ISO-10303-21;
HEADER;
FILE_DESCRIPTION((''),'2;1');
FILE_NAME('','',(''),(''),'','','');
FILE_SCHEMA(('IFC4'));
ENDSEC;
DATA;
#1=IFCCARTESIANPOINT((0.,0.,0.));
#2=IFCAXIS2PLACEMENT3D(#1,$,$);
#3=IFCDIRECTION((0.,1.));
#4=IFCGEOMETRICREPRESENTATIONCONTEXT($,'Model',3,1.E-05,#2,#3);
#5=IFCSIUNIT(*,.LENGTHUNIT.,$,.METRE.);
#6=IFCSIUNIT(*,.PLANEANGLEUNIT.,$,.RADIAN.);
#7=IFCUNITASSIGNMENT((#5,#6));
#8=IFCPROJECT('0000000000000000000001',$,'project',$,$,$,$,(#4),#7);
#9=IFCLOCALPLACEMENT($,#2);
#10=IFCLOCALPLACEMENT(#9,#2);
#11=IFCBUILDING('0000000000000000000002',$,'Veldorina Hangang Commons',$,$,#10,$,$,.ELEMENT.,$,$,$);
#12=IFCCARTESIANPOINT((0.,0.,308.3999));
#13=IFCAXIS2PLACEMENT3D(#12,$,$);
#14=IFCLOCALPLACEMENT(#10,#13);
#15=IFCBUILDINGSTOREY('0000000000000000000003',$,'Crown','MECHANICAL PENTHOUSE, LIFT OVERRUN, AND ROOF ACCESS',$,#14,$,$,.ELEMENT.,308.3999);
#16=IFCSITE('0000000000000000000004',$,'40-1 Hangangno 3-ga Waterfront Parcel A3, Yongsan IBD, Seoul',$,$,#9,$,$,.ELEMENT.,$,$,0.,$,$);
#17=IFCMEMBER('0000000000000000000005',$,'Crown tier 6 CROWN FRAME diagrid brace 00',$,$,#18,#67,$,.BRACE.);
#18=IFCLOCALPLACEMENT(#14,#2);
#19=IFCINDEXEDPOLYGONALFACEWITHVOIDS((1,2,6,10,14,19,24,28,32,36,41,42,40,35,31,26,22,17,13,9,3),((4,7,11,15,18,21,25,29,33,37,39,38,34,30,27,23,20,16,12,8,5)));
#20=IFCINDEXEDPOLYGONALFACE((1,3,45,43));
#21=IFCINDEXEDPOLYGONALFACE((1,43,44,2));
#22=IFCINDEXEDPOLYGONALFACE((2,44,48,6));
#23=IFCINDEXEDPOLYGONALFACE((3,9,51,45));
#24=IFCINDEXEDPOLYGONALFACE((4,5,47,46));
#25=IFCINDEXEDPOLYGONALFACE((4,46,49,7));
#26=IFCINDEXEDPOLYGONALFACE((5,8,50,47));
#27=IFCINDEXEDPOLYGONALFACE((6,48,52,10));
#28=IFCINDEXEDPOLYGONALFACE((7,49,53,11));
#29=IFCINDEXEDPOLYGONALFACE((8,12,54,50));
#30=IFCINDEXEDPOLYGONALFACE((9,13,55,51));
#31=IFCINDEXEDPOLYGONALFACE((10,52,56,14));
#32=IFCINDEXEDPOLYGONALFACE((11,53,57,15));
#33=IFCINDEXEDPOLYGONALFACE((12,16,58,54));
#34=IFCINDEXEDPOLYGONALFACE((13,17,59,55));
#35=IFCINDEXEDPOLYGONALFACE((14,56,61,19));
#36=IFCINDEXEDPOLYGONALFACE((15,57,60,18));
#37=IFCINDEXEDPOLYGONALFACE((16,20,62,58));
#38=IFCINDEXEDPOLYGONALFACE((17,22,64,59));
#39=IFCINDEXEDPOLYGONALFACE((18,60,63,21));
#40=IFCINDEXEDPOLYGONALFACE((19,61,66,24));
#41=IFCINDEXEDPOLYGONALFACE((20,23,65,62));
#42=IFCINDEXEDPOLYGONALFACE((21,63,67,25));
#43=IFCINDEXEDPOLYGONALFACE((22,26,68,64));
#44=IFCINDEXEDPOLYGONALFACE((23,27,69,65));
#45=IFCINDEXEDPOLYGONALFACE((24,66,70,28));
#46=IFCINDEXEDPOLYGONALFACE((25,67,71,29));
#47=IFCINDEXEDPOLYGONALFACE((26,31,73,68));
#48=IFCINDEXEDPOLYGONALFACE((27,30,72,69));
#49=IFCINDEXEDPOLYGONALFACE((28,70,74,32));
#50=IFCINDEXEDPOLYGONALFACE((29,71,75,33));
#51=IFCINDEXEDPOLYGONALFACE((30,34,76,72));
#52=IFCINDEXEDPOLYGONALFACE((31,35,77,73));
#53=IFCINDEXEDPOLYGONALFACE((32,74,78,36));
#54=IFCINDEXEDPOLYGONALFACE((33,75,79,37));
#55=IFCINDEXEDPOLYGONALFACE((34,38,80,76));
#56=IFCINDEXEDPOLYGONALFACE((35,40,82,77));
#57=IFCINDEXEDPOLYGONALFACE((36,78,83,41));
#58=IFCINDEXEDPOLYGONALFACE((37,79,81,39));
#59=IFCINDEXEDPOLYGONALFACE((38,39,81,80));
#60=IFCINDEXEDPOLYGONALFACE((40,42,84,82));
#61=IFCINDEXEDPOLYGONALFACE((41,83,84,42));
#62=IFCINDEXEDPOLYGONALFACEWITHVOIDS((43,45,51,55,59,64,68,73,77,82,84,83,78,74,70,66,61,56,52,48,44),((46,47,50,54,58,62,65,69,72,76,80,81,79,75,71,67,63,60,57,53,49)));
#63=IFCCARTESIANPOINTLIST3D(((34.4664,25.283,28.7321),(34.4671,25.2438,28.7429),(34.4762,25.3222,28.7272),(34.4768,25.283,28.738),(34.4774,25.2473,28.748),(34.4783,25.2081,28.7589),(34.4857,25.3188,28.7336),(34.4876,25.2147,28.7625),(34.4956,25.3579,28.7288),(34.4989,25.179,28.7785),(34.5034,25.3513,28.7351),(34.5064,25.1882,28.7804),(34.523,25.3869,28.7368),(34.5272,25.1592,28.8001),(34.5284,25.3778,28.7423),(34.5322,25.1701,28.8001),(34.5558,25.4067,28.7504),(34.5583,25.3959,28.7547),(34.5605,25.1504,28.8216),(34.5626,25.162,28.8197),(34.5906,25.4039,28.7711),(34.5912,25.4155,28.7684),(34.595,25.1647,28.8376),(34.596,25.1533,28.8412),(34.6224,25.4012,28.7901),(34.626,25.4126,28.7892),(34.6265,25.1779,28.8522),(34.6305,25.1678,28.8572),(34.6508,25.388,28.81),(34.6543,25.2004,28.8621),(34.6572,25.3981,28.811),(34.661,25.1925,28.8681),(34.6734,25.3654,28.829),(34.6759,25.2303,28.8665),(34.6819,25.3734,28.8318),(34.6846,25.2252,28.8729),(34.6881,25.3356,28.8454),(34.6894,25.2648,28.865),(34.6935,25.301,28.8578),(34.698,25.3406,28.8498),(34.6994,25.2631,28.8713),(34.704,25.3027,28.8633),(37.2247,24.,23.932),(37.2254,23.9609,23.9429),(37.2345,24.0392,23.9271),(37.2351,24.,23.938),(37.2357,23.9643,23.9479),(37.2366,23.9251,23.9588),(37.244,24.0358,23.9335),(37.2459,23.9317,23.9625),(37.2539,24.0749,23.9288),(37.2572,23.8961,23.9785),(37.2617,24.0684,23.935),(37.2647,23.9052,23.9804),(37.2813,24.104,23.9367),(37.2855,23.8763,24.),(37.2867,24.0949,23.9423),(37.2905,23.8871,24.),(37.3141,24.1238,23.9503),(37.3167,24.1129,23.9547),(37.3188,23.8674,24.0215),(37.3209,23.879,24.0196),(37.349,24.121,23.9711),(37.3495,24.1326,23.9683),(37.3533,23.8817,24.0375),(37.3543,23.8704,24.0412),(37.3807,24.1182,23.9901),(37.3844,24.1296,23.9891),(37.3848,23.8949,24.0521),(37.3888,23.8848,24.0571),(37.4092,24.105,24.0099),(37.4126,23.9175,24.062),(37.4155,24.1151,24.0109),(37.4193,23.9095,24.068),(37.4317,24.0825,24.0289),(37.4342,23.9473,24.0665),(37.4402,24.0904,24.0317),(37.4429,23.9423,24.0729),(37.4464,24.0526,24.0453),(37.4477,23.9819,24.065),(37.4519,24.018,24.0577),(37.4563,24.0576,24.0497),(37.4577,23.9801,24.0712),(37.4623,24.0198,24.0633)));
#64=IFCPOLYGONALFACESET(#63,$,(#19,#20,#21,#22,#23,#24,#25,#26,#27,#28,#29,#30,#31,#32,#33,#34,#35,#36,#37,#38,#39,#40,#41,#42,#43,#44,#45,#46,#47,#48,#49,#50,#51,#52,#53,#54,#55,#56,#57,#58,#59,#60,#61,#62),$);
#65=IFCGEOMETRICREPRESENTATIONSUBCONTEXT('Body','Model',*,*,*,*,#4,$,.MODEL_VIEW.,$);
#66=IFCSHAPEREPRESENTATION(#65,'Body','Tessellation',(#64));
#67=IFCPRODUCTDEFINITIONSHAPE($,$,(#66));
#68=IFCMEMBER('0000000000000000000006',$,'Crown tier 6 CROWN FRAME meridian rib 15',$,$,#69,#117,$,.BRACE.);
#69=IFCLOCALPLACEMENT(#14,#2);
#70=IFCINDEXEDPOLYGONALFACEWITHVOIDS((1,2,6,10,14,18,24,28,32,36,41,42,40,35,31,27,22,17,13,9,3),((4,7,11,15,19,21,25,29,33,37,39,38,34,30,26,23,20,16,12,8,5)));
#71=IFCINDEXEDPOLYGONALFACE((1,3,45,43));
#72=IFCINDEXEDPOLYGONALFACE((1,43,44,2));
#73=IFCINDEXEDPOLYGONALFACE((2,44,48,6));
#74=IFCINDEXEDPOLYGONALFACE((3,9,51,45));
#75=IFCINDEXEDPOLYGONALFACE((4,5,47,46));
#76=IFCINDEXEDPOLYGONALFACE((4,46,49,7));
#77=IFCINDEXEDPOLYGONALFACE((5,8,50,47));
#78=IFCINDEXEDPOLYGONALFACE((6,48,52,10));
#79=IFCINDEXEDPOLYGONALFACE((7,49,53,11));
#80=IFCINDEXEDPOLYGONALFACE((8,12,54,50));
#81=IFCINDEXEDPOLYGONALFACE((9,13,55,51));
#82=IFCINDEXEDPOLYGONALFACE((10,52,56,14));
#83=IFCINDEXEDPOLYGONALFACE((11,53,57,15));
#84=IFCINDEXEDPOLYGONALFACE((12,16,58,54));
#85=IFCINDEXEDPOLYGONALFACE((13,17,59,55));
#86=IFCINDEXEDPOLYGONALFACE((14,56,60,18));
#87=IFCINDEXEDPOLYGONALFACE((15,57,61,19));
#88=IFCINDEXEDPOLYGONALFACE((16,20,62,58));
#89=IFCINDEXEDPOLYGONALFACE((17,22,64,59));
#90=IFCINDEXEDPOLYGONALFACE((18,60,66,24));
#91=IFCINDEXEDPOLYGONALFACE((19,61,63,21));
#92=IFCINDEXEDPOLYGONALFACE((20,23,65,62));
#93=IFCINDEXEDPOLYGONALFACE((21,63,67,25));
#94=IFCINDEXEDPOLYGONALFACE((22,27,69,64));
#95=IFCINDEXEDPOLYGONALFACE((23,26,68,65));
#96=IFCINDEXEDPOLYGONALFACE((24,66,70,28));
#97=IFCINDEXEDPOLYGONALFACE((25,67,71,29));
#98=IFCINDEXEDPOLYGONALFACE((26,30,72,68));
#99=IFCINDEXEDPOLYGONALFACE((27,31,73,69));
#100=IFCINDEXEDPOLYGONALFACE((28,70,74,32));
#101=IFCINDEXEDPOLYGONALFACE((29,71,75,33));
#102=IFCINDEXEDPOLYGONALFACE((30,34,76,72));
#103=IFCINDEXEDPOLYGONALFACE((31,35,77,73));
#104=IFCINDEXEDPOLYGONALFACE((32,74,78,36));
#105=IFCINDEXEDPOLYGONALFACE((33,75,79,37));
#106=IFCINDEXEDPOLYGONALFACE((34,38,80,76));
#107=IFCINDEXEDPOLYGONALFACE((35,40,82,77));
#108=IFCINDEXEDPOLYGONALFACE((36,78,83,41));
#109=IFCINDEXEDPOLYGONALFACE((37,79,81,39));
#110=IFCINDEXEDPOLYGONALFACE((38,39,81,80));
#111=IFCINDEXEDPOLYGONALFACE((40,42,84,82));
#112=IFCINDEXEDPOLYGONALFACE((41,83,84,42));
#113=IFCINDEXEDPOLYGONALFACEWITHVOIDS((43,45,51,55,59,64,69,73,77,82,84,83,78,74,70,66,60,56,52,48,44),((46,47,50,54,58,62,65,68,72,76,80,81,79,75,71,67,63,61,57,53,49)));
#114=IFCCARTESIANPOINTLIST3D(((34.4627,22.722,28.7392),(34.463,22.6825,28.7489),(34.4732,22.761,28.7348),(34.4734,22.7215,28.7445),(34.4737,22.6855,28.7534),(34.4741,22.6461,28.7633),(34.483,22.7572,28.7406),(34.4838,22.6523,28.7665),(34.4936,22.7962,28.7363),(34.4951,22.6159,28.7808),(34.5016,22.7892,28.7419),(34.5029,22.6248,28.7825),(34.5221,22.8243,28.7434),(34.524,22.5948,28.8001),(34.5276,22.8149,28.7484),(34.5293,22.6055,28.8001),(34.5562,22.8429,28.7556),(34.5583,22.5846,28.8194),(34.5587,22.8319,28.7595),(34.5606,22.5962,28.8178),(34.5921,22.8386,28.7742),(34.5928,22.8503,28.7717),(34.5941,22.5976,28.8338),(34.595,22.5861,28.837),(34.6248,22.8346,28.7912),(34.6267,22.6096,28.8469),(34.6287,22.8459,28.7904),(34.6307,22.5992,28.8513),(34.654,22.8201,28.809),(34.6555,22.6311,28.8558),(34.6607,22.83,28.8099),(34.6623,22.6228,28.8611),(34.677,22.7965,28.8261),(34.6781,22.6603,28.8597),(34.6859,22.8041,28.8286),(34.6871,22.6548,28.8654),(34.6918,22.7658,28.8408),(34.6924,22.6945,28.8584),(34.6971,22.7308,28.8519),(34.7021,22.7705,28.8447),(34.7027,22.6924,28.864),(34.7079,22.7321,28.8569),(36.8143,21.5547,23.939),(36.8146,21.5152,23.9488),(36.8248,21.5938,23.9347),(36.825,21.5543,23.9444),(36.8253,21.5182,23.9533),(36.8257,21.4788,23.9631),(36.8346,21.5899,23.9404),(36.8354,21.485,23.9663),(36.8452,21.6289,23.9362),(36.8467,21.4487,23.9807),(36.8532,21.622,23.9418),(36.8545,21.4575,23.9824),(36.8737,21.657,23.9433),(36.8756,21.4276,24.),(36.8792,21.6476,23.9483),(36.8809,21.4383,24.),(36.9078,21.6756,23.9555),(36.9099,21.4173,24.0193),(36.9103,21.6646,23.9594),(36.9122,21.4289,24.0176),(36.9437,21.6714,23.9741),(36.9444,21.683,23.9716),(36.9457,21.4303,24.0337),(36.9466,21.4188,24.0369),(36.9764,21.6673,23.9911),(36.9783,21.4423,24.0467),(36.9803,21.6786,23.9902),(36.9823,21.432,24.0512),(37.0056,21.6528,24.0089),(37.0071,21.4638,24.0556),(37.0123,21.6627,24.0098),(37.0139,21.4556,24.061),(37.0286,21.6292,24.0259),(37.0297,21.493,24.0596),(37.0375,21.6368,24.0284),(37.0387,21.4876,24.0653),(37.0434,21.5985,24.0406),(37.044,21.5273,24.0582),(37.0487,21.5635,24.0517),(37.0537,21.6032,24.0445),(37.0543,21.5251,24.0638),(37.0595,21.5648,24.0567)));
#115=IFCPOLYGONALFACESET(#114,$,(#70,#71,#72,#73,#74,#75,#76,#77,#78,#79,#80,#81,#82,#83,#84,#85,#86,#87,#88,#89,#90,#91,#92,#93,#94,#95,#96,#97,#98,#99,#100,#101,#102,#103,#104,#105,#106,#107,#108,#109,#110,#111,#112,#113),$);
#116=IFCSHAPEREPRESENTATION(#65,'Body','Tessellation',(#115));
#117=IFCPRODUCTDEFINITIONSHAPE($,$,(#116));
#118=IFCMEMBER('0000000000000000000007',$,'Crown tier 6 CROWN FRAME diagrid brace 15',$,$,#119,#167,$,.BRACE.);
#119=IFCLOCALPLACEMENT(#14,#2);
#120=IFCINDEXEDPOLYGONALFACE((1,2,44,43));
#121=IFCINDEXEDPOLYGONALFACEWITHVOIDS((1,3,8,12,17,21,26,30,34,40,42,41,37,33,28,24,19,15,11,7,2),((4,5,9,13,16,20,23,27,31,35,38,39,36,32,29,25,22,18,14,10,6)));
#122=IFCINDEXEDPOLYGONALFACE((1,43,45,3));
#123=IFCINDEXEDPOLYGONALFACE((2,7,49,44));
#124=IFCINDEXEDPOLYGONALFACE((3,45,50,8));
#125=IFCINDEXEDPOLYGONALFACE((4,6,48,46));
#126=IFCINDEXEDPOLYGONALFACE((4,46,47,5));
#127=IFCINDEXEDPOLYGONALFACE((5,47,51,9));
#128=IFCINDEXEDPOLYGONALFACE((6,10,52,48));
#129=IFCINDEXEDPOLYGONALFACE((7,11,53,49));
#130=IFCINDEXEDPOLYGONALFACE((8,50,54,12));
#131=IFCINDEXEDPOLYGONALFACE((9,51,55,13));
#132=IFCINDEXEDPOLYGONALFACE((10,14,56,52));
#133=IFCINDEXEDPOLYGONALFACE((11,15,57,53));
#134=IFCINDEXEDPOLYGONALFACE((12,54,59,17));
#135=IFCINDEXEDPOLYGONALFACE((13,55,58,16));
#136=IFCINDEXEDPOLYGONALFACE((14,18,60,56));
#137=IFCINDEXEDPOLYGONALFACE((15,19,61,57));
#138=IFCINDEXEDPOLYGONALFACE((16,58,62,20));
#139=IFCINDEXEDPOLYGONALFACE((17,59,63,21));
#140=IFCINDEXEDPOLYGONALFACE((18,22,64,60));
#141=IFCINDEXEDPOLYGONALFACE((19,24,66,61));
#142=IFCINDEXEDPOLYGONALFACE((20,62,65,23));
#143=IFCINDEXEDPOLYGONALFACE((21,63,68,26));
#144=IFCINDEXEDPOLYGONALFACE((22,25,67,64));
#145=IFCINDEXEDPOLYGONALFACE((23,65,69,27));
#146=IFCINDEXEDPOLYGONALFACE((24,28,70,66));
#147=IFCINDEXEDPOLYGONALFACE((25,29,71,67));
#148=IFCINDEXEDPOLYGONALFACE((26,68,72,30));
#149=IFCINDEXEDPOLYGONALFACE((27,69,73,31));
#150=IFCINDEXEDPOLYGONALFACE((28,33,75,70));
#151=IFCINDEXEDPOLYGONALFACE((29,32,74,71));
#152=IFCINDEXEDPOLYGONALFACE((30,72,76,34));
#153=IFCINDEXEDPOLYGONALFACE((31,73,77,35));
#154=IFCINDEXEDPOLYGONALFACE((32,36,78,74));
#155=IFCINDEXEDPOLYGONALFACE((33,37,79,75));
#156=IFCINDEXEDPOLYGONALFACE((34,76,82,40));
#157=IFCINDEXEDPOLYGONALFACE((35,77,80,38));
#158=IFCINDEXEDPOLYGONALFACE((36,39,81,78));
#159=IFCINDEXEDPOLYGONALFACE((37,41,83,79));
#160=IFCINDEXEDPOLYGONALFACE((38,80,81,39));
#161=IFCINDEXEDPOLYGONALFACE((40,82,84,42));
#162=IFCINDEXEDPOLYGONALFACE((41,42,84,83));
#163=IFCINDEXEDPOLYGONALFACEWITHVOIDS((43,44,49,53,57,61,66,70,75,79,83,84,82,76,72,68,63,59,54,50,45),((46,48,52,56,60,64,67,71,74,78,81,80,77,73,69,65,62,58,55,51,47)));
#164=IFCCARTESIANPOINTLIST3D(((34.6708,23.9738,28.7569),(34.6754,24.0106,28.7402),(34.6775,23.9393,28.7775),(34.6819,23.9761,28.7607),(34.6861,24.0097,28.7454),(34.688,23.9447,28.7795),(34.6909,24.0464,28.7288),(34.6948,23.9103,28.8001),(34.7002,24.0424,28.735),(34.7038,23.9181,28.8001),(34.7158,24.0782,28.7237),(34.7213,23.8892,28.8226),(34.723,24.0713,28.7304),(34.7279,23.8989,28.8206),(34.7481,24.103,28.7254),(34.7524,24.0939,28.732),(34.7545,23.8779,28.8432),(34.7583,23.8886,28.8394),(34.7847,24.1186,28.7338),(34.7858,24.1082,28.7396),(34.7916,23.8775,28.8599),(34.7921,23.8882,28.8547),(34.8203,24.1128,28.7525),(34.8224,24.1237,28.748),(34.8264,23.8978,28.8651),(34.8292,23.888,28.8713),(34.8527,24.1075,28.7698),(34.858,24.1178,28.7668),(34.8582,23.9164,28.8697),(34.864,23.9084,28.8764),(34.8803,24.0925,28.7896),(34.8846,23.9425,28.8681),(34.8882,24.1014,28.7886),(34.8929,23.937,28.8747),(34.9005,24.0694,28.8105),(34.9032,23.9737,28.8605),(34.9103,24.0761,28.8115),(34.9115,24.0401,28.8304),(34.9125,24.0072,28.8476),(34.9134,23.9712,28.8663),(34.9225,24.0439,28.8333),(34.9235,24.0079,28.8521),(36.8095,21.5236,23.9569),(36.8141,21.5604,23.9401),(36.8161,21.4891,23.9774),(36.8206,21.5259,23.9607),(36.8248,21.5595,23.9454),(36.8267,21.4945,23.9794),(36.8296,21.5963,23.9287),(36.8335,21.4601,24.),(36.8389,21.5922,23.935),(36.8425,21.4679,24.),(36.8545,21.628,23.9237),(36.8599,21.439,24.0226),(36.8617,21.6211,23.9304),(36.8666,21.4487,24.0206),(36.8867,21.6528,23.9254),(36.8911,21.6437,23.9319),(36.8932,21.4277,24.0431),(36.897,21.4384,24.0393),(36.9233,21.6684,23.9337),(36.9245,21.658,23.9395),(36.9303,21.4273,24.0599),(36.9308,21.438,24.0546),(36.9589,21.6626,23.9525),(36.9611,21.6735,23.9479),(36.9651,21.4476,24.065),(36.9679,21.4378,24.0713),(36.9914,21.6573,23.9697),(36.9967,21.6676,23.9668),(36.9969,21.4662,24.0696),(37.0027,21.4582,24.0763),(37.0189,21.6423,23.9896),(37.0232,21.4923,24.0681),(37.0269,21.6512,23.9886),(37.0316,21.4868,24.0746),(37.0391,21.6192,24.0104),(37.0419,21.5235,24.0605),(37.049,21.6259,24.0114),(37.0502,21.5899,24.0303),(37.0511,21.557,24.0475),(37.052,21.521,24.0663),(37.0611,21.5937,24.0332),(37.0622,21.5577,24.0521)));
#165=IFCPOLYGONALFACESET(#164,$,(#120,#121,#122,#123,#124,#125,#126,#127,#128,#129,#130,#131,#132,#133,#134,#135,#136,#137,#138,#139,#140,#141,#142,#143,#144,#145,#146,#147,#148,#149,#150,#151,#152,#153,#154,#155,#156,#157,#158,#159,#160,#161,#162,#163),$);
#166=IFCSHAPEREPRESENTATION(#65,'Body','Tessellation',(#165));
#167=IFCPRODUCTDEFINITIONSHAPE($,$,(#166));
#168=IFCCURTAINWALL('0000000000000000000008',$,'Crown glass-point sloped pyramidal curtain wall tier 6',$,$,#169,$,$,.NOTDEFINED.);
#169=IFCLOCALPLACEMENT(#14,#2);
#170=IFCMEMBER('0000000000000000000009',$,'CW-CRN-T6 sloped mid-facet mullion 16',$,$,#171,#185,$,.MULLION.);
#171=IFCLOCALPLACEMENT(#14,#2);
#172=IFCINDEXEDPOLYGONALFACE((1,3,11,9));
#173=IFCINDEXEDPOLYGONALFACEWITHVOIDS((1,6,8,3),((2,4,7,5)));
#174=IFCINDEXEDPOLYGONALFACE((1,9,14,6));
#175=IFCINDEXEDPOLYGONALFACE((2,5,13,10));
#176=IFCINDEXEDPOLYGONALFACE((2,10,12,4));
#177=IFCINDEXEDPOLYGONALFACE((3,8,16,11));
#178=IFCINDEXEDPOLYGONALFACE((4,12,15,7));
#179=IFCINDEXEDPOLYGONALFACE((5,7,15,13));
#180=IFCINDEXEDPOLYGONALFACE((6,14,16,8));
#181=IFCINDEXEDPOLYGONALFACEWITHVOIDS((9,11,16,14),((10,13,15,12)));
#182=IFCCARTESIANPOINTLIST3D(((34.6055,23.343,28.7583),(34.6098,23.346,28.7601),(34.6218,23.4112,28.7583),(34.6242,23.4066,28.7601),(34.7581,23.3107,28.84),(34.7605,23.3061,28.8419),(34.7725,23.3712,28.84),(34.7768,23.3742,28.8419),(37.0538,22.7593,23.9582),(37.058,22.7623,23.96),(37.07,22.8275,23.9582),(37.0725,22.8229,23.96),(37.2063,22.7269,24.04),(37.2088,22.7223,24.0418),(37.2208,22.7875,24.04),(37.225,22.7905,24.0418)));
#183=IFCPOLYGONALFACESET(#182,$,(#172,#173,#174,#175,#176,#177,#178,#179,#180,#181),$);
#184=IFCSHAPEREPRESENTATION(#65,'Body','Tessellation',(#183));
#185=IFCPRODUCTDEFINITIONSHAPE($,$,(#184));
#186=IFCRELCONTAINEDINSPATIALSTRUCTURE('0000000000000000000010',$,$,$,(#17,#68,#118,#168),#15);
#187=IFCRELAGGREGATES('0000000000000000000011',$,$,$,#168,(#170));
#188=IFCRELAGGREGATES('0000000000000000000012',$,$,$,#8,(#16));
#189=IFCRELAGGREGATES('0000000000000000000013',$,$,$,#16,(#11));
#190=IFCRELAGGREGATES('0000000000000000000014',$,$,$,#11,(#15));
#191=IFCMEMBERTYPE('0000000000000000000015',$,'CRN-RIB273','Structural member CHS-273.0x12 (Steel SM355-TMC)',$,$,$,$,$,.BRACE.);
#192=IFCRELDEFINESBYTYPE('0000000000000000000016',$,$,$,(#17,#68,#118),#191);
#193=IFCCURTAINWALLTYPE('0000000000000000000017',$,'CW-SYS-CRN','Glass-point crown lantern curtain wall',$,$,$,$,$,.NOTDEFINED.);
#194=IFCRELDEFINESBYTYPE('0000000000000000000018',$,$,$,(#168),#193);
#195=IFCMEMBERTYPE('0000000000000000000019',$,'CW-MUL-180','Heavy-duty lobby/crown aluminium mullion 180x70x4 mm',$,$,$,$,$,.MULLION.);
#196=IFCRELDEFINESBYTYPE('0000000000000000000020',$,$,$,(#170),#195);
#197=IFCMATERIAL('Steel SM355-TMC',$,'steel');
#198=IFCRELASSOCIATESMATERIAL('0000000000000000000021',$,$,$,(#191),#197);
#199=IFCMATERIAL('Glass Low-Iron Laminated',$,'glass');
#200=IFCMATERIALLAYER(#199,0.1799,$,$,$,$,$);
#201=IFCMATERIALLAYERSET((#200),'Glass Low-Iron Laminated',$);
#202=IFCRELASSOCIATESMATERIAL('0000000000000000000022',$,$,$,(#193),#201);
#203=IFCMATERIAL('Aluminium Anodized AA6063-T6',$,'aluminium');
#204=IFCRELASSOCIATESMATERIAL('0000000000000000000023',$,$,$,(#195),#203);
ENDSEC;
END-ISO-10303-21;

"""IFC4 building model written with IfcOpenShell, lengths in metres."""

from ifc_helpers import new_model, si_unit, direction, frame, origin, origin_2d, place, context, subcontext, project, spatial, hollow_rectangle, hollow_circle, extrude, material, layer, layer_set, material_profile, profile_set, type_object, element, aggregate, save


model = new_model("IFC4")

# Units and contexts
model_context = context("Model", 3, precision=1e-05, world=origin(), true_north=direction((0.0, 1.0)))
body_context = subcontext(model_context, "Body", "Model", "MODEL_VIEW")
ifc_project = project(units=[si_unit("LENGTHUNIT", "METRE"), si_unit("PLANEANGLEUNIT", "RADIAN")], contexts=[model_context])

# Site, building, storey
site_placement = place(None, origin())
site = spatial("IfcSite", under=ifc_project, at=site_placement, Name="40-1 Hangangno 3-ga Waterfront Parcel A3, Yongsan IBD, Seoul", CompositionType="ELEMENT", RefElevation=0.0)
building_placement = place(site_placement, origin())
building = spatial("IfcBuilding", under=site, at=building_placement, Name="Veldorina Hangang Commons", CompositionType="ELEMENT")
storey_placement = place(building_placement, frame((0.0, 0.0, 308.3999)))
storey = spatial("IfcBuildingStorey", under=building, at=storey_placement, Name="Crown", Description="MECHANICAL PENTHOUSE, LIFT OVERRUN, AND ROOF ACCESS", CompositionType="ELEMENT", Elevation=308.3999)

# Members
ifc_material_1 = material(Name="Steel SM355-TMC", Category="steel")
ifc_material_profile_1 = material_profile(ifc_material_1, hollow_circle(Radius=0.1365, WallThickness=0.012, at=origin_2d()), Name="CHS-273.0x12")
ifc_profile_set_1 = profile_set([ifc_material_profile_1], Name="Steel SM355-TMC")
member_type_1 = type_object("IfcMemberType", Name="CRN-RIB273", Description="Structural member CHS-273.0x12 (Steel SM355-TMC)", PredefinedType="BRACE", material=ifc_profile_set_1)
member_1_placement = place(storey_placement, frame((37.343, 24.0, 24.0), z_axis=(-0.485374, 0.22576, 0.844657), x_axis=(-0.421738, -0.906718, 0.0)))
element("IfcMember", 1, at=member_1_placement, inside=storey, type_object=member_type_1, Name="Crown tier 6 CROWN FRAME diagrid brace 00", PredefinedType="BRACE", context=body_context, shape_type="SweptSolid", body=[
    extrude(hollow_circle(Radius=0.1365, WallThickness=0.012, at=origin_2d()), origin(), (0.0, 0.0, 1.0), 5.6829),
])
member_2_placement = place(storey_placement, frame((36.9363, 21.5498, 24.0), z_axis=(-0.429817, 0.213346, 0.877349), x_axis=(-0.444608, -0.895725, 0.0)))
element("IfcMember", 2, at=member_2_placement, inside=storey, type_object=member_type_1, Name="Crown tier 6 CROWN FRAME meridian rib 15", PredefinedType="BRACE", context=body_context, shape_type="SweptSolid", body=[
    extrude(hollow_circle(Radius=0.1365, WallThickness=0.012, at=origin_2d()), origin(), (0.0, 0.0, 1.0), 5.4712),
])
member_3_placement = place(storey_placement, frame((36.9363, 21.5498, 24.0), z_axis=(-0.368858, 0.422587, 0.827867), x_axis=(-0.753376, -0.65759, 0.0)))
element("IfcMember", 3, at=member_3_placement, inside=storey, type_object=member_type_1, Name="Crown tier 6 CROWN FRAME diagrid brace 15", PredefinedType="BRACE", context=body_context, shape_type="SweptSolid", body=[
    extrude(hollow_circle(Radius=0.1365, WallThickness=0.012, at=origin_2d()), origin(), (0.0, 0.0, 1.0), 5.7981),
])

# Curtain wall, member
ifc_material_2 = material(Name="Glass Low-Iron Laminated", Category="glass")
ifc_layer_1 = layer(ifc_material_2, 0.1799)
ifc_layer_set_1 = layer_set([ifc_layer_1], Name="Glass Low-Iron Laminated")
curtain_wall_type = type_object("IfcCurtainWallType", Name="CW-SYS-CRN", Description="Glass-point crown lantern curtain wall", PredefinedType="NOTDEFINED", material=ifc_layer_set_1)
curtain_wall_1_placement = place(storey_placement, origin())
curtain_wall_1 = element("IfcCurtainWall", 4, at=curtain_wall_1_placement, inside=storey, type_object=curtain_wall_type, Name="Crown glass-point sloped pyramidal curtain wall tier 6", PredefinedType="NOTDEFINED")
ifc_material_3 = material(Name="Aluminium Anodized AA6063-T6", Category="aluminium")
ifc_material_profile_2 = material_profile(ifc_material_3, hollow_rectangle(XDim=0.0701, YDim=0.1799, WallThickness=0.0039, at=origin_2d()), Name="ALU-RHS-180x70x4")
ifc_profile_set_2 = profile_set([ifc_material_profile_2], Name="Aluminium Anodized AA6063-T6")
member_type_2 = type_object("IfcMemberType", Name="CW-MUL-180", Description="Heavy-duty lobby/crown aluminium mullion 180x70x4 mm", PredefinedType="MULLION", material=ifc_profile_set_2)
member_4_placement = place(storey_placement, frame((37.1394, 22.7749, 24.0), z_axis=(-0.451715, 0.107704, 0.885637), x_axis=(-0.231931, -0.972732, 0.0)))
member_4 = element("IfcMember", 5, at=member_4_placement, type_object=member_type_2, Name="CW-CRN-T6 sloped mid-facet mullion 16", PredefinedType="MULLION", context=body_context, shape_type="SweptSolid", body=[
    extrude(hollow_rectangle(XDim=0.0701, YDim=0.1799, WallThickness=0.0039, at=origin_2d()), origin(), (0.0, 0.0, 1.0), 5.4199),
])

aggregate(curtain_wall_1, [member_4])

save(model, "model.ifc")
